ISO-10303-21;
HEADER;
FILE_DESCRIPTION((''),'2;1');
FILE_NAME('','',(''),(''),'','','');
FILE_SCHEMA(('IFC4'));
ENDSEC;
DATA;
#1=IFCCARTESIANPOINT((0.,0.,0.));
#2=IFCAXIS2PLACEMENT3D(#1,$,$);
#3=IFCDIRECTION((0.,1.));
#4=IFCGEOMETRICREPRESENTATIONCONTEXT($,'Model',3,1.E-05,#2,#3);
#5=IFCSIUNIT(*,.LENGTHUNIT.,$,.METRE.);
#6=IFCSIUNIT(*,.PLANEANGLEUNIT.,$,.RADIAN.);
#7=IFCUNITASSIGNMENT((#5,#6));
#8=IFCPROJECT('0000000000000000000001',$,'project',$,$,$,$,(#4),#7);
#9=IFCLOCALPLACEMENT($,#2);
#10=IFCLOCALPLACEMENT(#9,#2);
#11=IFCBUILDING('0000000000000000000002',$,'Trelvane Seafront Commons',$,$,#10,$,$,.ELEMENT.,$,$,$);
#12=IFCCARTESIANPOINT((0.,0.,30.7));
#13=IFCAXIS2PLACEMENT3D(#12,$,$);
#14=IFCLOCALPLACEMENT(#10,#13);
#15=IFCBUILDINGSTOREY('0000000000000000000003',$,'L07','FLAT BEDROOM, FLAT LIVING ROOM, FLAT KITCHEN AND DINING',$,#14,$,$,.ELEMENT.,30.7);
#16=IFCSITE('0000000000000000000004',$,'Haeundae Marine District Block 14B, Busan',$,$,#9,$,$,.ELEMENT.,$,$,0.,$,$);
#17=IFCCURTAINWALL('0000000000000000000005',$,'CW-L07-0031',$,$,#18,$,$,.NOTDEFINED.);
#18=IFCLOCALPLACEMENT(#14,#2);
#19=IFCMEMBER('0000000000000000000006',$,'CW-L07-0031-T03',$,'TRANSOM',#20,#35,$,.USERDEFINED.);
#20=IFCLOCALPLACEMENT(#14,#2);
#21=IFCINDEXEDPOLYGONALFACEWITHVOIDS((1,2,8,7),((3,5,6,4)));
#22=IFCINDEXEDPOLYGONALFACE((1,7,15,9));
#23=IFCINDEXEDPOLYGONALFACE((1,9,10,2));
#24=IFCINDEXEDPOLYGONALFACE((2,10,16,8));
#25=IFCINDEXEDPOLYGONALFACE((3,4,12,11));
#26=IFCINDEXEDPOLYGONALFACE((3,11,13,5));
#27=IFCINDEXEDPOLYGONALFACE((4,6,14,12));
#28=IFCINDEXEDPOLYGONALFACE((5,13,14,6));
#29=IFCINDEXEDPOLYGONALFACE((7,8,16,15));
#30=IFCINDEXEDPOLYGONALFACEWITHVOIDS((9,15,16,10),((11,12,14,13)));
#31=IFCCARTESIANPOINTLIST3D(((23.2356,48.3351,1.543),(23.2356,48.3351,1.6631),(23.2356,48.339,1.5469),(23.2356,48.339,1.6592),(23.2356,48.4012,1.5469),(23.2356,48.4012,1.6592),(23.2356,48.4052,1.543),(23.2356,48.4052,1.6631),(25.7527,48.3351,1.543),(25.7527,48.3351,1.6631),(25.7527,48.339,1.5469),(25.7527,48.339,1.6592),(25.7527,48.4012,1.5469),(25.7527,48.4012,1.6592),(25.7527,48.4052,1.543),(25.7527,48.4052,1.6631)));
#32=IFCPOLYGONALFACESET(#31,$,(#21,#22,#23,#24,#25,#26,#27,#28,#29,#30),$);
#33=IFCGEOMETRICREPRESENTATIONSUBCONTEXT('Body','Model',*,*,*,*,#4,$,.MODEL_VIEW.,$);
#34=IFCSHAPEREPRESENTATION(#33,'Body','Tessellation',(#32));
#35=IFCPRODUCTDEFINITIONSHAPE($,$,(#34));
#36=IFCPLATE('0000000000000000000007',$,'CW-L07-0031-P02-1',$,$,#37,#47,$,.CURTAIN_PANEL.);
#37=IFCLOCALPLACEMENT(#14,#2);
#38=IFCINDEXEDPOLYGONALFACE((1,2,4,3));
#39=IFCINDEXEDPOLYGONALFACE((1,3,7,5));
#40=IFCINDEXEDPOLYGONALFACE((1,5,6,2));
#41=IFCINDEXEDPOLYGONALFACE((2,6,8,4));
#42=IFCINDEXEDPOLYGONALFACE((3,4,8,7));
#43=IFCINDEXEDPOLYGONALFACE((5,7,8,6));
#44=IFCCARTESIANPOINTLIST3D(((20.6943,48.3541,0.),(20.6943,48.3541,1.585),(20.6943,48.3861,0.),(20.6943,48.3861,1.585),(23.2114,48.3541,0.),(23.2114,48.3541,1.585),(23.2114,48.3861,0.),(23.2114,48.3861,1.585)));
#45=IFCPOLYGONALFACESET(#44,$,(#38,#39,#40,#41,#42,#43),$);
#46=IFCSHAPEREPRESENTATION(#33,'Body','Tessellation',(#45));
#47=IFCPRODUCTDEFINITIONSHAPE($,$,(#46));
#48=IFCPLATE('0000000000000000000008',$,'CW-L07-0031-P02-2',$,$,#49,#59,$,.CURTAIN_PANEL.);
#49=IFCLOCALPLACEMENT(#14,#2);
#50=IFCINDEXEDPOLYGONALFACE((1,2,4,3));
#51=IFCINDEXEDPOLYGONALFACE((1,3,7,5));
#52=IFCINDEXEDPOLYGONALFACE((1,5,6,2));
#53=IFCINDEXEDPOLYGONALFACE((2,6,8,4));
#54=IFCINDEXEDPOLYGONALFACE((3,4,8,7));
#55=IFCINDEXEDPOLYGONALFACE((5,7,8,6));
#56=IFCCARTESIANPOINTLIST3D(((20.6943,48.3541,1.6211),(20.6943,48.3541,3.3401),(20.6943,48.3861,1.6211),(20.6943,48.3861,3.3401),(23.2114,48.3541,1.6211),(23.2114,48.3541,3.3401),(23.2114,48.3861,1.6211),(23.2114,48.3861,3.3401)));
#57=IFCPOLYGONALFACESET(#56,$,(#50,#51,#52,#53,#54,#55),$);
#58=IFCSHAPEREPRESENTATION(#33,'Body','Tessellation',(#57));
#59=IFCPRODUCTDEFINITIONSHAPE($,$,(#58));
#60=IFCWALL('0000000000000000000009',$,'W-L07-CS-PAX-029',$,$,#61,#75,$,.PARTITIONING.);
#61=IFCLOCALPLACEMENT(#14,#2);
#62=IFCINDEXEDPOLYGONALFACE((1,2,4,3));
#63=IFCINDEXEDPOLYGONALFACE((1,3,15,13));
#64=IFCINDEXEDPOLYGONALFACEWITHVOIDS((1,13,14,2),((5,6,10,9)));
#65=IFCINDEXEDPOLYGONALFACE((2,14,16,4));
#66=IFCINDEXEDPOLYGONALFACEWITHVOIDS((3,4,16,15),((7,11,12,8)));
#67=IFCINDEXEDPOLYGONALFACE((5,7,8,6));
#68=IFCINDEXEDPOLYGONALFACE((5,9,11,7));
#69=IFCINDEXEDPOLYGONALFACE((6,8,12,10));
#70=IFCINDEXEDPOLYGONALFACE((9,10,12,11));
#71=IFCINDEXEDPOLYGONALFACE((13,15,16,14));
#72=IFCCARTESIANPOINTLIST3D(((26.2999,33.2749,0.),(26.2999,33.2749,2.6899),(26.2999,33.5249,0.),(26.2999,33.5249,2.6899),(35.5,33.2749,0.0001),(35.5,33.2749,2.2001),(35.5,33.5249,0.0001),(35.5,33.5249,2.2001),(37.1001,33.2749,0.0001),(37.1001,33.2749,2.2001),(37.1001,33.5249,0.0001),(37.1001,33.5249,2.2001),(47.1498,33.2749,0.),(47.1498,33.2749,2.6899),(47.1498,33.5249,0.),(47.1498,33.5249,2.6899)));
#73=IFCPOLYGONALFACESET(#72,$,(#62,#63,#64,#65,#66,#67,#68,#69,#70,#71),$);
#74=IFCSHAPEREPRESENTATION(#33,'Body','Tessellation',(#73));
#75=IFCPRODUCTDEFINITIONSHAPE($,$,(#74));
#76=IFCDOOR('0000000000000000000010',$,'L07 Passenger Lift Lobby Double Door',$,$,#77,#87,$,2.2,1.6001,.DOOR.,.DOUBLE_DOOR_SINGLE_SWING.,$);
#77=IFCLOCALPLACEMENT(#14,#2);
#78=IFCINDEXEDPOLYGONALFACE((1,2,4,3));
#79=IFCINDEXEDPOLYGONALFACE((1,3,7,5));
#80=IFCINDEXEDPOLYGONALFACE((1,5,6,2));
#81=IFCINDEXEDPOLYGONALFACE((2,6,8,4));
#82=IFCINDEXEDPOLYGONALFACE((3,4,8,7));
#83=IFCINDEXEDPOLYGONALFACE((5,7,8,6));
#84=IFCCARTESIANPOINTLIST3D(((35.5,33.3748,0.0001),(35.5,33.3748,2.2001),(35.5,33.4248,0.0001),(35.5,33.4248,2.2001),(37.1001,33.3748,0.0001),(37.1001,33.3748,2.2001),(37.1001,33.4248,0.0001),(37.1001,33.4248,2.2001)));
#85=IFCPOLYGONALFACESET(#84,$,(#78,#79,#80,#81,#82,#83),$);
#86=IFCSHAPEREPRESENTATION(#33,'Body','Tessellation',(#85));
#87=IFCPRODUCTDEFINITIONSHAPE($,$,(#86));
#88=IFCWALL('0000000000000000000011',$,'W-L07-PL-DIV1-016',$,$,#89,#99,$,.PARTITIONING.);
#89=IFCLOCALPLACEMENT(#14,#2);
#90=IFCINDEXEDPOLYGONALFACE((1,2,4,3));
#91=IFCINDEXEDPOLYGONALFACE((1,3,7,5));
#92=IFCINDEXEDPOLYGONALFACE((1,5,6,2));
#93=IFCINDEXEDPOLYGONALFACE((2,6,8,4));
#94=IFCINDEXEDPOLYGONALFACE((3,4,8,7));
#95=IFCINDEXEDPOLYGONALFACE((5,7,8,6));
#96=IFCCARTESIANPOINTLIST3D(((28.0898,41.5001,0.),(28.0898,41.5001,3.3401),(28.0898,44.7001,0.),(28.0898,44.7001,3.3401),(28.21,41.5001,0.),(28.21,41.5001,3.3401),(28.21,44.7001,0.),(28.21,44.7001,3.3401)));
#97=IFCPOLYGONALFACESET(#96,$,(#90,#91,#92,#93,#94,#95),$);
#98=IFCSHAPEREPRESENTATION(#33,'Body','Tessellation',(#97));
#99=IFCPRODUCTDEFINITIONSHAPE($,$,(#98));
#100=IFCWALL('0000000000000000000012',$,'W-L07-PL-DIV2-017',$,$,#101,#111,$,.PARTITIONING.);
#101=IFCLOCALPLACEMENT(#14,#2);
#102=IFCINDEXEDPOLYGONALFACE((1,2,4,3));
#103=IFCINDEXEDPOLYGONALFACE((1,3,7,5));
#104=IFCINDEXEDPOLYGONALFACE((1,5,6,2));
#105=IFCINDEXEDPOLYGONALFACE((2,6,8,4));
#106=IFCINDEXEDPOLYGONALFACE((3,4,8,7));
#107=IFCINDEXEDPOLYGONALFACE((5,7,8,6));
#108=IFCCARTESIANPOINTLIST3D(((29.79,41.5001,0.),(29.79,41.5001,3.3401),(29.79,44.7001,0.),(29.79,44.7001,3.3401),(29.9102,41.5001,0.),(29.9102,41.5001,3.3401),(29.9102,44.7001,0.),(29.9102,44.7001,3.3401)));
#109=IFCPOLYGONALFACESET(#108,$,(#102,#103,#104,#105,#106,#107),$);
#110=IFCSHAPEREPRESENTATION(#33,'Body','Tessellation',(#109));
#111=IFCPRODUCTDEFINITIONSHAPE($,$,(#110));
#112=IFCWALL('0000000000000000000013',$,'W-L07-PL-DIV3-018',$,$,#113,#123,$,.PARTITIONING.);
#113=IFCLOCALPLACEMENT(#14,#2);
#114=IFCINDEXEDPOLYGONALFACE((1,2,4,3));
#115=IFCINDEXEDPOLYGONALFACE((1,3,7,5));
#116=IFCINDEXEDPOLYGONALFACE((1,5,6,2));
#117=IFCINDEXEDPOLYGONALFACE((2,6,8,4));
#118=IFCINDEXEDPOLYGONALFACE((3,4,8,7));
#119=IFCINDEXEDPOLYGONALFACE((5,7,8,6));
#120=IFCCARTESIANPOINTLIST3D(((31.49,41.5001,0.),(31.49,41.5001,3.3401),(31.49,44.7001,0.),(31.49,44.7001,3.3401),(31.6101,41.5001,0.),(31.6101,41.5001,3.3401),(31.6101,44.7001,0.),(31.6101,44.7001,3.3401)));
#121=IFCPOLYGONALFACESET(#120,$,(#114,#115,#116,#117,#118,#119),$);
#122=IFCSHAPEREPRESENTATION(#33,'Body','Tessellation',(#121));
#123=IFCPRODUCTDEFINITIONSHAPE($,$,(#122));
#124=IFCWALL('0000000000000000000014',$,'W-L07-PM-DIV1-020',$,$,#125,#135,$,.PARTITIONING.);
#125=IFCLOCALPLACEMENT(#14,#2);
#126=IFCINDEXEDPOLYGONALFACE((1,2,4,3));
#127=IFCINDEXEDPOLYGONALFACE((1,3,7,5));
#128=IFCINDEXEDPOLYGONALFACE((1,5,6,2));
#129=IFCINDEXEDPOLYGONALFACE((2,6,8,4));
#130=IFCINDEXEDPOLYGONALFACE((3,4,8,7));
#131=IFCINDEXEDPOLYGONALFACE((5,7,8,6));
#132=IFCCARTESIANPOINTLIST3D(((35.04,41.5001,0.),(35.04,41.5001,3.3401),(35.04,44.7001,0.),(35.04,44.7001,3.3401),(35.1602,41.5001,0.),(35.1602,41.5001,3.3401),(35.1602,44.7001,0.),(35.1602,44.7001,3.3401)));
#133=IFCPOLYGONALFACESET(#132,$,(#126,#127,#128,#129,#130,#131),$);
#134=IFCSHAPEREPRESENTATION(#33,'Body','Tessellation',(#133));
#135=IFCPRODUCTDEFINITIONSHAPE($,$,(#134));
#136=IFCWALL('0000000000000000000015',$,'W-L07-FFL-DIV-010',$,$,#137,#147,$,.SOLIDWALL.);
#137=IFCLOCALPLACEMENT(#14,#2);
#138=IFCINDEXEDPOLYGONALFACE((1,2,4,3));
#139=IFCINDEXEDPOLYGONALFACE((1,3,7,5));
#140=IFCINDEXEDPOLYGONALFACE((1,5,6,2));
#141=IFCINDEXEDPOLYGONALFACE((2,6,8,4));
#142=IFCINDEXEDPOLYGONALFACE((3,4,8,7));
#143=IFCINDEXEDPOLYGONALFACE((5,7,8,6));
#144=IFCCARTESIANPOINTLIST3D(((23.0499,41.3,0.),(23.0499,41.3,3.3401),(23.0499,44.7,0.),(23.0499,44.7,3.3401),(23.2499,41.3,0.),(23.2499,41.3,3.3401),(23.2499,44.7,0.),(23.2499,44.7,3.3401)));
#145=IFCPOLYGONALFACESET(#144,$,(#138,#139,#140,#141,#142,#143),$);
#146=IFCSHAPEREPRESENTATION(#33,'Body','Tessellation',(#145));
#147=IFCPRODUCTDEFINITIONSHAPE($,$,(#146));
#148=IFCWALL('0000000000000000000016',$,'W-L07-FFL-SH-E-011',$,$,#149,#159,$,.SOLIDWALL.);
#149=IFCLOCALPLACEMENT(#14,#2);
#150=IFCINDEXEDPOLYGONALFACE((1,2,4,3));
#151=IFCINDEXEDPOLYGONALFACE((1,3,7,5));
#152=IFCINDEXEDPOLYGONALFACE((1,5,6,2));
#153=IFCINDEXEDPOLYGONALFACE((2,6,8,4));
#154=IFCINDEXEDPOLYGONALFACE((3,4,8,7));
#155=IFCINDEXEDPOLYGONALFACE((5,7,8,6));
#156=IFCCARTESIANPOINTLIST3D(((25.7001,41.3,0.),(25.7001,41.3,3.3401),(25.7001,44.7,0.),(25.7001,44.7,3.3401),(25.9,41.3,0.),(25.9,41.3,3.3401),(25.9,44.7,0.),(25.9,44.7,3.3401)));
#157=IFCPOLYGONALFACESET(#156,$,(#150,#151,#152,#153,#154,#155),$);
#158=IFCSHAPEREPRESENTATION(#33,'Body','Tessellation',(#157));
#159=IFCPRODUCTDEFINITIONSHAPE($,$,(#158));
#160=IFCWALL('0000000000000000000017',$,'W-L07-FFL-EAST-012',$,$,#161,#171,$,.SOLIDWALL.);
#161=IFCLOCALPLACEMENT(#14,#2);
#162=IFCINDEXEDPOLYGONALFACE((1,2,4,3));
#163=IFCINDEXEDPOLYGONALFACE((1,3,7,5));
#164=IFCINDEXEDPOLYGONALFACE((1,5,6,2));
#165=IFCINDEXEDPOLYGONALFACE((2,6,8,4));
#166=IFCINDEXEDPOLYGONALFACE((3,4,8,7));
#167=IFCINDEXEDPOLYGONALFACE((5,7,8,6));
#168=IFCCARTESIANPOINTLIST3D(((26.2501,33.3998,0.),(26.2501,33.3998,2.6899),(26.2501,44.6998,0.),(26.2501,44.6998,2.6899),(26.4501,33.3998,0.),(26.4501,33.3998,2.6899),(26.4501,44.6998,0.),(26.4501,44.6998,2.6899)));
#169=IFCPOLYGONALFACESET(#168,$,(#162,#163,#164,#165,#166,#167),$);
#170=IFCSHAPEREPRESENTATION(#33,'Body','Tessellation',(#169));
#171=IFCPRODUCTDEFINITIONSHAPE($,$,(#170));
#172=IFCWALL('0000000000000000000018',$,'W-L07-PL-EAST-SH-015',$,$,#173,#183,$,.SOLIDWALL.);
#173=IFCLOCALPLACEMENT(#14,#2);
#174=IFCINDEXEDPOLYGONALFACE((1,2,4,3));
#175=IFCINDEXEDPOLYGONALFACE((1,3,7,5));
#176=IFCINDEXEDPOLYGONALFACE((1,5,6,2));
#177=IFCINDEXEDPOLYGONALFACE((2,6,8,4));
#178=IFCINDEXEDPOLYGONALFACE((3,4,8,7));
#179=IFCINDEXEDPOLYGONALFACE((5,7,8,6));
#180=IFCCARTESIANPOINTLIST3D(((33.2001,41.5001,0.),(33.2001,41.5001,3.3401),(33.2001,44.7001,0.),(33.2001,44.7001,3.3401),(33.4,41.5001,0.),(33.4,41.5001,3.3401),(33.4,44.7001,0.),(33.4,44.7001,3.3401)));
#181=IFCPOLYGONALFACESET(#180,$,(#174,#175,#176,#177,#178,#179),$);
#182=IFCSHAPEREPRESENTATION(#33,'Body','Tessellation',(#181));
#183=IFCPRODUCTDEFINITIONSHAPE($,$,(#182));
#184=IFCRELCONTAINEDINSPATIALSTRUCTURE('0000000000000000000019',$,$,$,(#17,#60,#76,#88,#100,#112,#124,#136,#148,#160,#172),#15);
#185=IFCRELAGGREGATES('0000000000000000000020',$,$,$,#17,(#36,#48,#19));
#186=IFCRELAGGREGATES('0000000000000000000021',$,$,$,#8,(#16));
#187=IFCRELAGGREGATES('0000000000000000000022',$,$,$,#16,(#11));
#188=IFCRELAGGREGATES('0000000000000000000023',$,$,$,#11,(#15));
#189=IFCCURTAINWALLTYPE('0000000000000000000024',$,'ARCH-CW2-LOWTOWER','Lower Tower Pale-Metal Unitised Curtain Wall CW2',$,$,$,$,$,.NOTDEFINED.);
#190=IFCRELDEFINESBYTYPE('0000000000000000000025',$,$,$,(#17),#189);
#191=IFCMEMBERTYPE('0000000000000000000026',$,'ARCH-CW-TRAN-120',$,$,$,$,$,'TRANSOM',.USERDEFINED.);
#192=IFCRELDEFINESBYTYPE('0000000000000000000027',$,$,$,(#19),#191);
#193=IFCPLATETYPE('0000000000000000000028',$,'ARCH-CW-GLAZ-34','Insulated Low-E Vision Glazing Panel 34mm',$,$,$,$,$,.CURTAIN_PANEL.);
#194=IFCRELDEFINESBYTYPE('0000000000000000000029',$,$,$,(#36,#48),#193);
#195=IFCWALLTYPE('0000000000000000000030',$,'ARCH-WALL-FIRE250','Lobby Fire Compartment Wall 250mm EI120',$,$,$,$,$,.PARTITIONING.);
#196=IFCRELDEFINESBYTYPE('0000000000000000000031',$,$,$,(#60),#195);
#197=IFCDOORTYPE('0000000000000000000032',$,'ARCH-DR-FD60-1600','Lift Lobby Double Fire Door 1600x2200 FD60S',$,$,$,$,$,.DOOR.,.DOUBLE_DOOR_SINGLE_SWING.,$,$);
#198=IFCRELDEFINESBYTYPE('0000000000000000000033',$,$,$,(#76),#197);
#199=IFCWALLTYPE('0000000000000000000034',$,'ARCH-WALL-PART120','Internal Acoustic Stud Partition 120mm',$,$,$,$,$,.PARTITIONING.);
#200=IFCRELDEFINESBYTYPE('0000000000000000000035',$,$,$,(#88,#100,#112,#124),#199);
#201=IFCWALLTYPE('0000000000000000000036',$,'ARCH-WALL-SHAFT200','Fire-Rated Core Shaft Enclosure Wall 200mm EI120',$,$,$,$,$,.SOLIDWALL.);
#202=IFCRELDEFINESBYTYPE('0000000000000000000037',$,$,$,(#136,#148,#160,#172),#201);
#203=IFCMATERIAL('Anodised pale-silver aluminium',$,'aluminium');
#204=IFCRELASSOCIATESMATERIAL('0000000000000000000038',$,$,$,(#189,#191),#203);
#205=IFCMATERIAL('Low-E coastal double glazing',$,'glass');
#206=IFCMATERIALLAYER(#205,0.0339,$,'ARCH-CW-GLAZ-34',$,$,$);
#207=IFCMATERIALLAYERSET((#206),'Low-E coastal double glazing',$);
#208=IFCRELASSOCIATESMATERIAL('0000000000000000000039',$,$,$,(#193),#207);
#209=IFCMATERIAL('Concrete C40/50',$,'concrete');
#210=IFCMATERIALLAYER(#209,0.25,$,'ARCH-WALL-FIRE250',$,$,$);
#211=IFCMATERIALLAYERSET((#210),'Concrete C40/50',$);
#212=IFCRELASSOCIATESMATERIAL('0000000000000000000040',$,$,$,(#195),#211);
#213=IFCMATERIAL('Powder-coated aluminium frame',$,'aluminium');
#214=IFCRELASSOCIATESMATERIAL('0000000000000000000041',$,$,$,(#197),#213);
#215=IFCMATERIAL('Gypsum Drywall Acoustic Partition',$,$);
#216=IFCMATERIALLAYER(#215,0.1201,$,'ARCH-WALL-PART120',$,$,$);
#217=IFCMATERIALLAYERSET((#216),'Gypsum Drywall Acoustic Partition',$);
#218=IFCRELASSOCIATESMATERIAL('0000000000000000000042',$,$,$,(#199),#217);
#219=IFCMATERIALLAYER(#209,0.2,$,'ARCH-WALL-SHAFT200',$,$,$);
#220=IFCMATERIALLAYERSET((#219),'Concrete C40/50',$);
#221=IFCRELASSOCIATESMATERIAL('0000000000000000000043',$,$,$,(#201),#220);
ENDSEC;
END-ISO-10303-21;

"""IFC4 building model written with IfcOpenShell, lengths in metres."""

from ifc_helpers import new_model, si_unit, direction, frame, frame_2d, origin, origin_2d, place, context, subcontext, project, spatial, rectangle, hollow_rectangle, extrude, source, transform, mapped, material, layer, layer_set, material_profile, profile_set, type_object, element, fill, aggregate, save


model = new_model("IFC4")

# Units and contexts
model_context = context("Model", 3, precision=1e-05, world=origin(), true_north=direction((0.0, 1.0)))
body_context = subcontext(model_context, "Body", "Model", "MODEL_VIEW")
ifc_project = project(units=[si_unit("LENGTHUNIT", "METRE"), si_unit("PLANEANGLEUNIT", "RADIAN")], contexts=[model_context])

# Site, building, storey
site_placement = place(None, origin())
site = spatial("IfcSite", under=ifc_project, at=site_placement, Name="Haeundae Marine District Block 14B, Busan", CompositionType="ELEMENT", RefElevation=0.0)
building_placement = place(site_placement, origin())
building = spatial("IfcBuilding", under=site, at=building_placement, Name="Trelvane Seafront Commons", CompositionType="ELEMENT")
storey_placement = place(building_placement, frame((0.0, 0.0, 30.7)))
storey = spatial("IfcBuildingStorey", under=building, at=storey_placement, Name="L07", Description="FLAT BEDROOM, FLAT LIVING ROOM, FLAT KITCHEN AND DINING", CompositionType="ELEMENT", Elevation=30.7)

# Curtain wall, member, plates
ifc_material_1 = material(Name="Anodised pale-silver aluminium", Category="aluminium")
curtain_wall_type = type_object("IfcCurtainWallType", Name="ARCH-CW2-LOWTOWER", Description="Lower Tower Pale-Metal Unitised Curtain Wall CW2", PredefinedType="NOTDEFINED", material=ifc_material_1)
curtain_wall_placement = place(storey_placement, origin())
curtain_wall = element("IfcCurtainWall", 1, at=curtain_wall_placement, inside=storey, type_object=curtain_wall_type, Name="CW-L07-0031", PredefinedType="NOTDEFINED")
ifc_material_profile_1 = material_profile(ifc_material_1, hollow_rectangle(XDim=0.0701, YDim=0.1201, WallThickness=0.0039, at=origin_2d()), Name="TRAN-70x120x4")
ifc_profile_set_1 = profile_set([ifc_material_profile_1], Name="Anodised pale-silver aluminium")
member_type_1 = type_object("IfcMemberType", Name="ARCH-CW-TRAN-120", ElementType="TRANSOM", PredefinedType="USERDEFINED", material=ifc_profile_set_1)
shared_shape_1 = source(origin(), body_context, "Body", "SweptSolid", [
    extrude(hollow_rectangle(XDim=0.0701, YDim=0.1201, WallThickness=0.0039, at=origin_2d()), origin(), (0.0, 0.0, 1.0), 2.5171),
])
member_1_placement = place(storey_placement, frame((23.2356, 48.3701, 1.603), z_axis=(1.0, 0.0, 0.0), x_axis=(0.0, 1.0, 0.0)))
member_1 = element("IfcMember", 2, at=member_1_placement, type_object=member_type_1, Name="CW-L07-0031-T03", ObjectType="TRANSOM", PredefinedType="USERDEFINED", context=body_context, shape_type="MappedRepresentation", body=[
    mapped(shared_shape_1, transform((0.0, 0.0, 0.0), x_axis=(1.0, 0.0, 0.0), y_axis=(0.0, 1.0, 0.0), z_axis=(0.0, 0.0, 1.0), scale=1.0)),
])
ifc_material_2 = material(Name="Low-E coastal double glazing", Category="glass")
ifc_layer_1 = layer(ifc_material_2, 0.0339, Name="ARCH-CW-GLAZ-34")
ifc_layer_set_1 = layer_set([ifc_layer_1], Name="Low-E coastal double glazing")
plate_type = type_object("IfcPlateType", Name="ARCH-CW-GLAZ-34", Description="Insulated Low-E Vision Glazing Panel 34mm", PredefinedType="CURTAIN_PANEL", material=ifc_layer_set_1)
shared_shape_2 = source(origin(), body_context, "Body", "SweptSolid", [
    extrude(rectangle(XDim=2.5171, YDim=0.032, at=origin_2d()), origin(), (0.0, 0.0, 1.0), 1.585),
])
plate_1_placement = place(storey_placement, frame((21.9529, 48.3701, 0.0), z_axis=(0.0, 0.0, 1.0), x_axis=(1.0, 0.0, 0.0)))
plate_1 = element("IfcPlate", 3, at=plate_1_placement, type_object=plate_type, Name="CW-L07-0031-P02-1", PredefinedType="CURTAIN_PANEL", context=body_context, shape_type="MappedRepresentation", body=[
    mapped(shared_shape_2, transform((0.0, 0.0, 0.0), x_axis=(1.0, 0.0, 0.0), y_axis=(0.0, 1.0, 0.0), z_axis=(0.0, 0.0, 1.0), scale=1.0)),
])
shared_shape_3 = source(origin(), body_context, "Body", "SweptSolid", [
    extrude(rectangle(XDim=2.5171, YDim=0.032, at=origin_2d()), origin(), (0.0, 0.0, 1.0), 1.719),
])
plate_2_placement = place(storey_placement, frame((21.9529, 48.3701, 1.6211), z_axis=(0.0, 0.0, 1.0), x_axis=(1.0, 0.0, 0.0)))
plate_2 = element("IfcPlate", 4, at=plate_2_placement, type_object=plate_type, Name="CW-L07-0031-P02-2", PredefinedType="CURTAIN_PANEL", context=body_context, shape_type="MappedRepresentation", body=[
    mapped(shared_shape_3, transform((0.0, 0.0, 0.0), x_axis=(1.0, 0.0, 0.0), y_axis=(0.0, 1.0, 0.0), z_axis=(0.0, 0.0, 1.0), scale=1.0)),
])
aggregate(curtain_wall, [plate_1, plate_2, member_1])

# Wall, opening, door
ifc_material_3 = material(Name="Concrete C40/50", Category="concrete")
ifc_layer_2 = layer(ifc_material_3, 0.25, Name="ARCH-WALL-FIRE250")
ifc_layer_set_2 = layer_set([ifc_layer_2], Name="Concrete C40/50")
wall_type_1 = type_object("IfcWallType", Name="ARCH-WALL-FIRE250", Description="Lobby Fire Compartment Wall 250mm EI120", PredefinedType="PARTITIONING", material=ifc_layer_set_2)
wall_1_placement = place(storey_placement, frame((26.3, 33.3999, 0.0), z_axis=(0.0, 0.0, 1.0), x_axis=(1.0, 0.0, 0.0)))
wall_1 = element("IfcWall", 5, at=wall_1_placement, inside=storey, type_object=wall_type_1, Name="W-L07-CS-PAX-029", PredefinedType="PARTITIONING", context=body_context, shape_type="SweptSolid", body=[
    extrude(rectangle(XDim=20.8499, YDim=0.25, at=frame_2d((10.4248, 0.0))), origin(), (0.0, 0.0, 1.0), 2.6899),
])
opening_1_placement = place(wall_1_placement, frame((9.2, 0.0, 0.0)))
opening_1 = element("IfcOpeningElement", 6, at=opening_1_placement, cuts=wall_1, PredefinedType="OPENING", context=body_context, shape_type="SweptSolid", body=[
    extrude(rectangle(XDim=1.6001, YDim=2.2, at=frame_2d((0.8, 1.1001))), frame((0.0, 0.135, 0.0), z_axis=(0.0, -1.0, 0.0), x_axis=(1.0, 0.0, 0.0)), (0.0, 0.0, 1.0), 0.27),
])
ifc_material_4 = material(Name="Powder-coated aluminium frame", Category="aluminium")
door_type_1 = type_object("IfcDoorType", Name="ARCH-DR-FD60-1600", Description="Lift Lobby Double Fire Door 1600x2200 FD60S", OperationType="DOUBLE_DOOR_SINGLE_SWING", PredefinedType="DOOR", material=ifc_material_4)
shared_shape_4 = source(origin(), body_context, "Body", "SweptSolid", [
    extrude(rectangle(XDim=1.6001, YDim=2.2, at=frame_2d((0.8, 1.1001))), frame((0.0, 0.0249, 0.0), z_axis=(0.0, -1.0, 0.0), x_axis=(1.0, 0.0, 0.0)), (0.0, 0.0, 1.0), 0.05),
])
door_1_placement = place(opening_1_placement, origin())
door_1 = element("IfcDoor", 7, at=door_1_placement, inside=storey, type_object=door_type_1, Name="L07 Passenger Lift Lobby Double Door", OperationType="DOUBLE_DOOR_SINGLE_SWING", OverallHeight=2.2, OverallWidth=1.6001, PredefinedType="DOOR", context=body_context, shape_type="MappedRepresentation", body=[
    mapped(shared_shape_4, transform((0.0, 0.0, 0.0), x_axis=(1.0, 0.0, 0.0), y_axis=(0.0, 1.0, 0.0), z_axis=(0.0, 0.0, 1.0), scale=1.0)),
])
fill(opening_1, door_1)

# Walls
ifc_material_5 = material(Name="Gypsum Drywall Acoustic Partition")
ifc_layer_3 = layer(ifc_material_5, 0.1201, Name="ARCH-WALL-PART120")
ifc_layer_set_3 = layer_set([ifc_layer_3], Name="Gypsum Drywall Acoustic Partition")
wall_type_2 = type_object("IfcWallType", Name="ARCH-WALL-PART120", Description="Internal Acoustic Stud Partition 120mm", PredefinedType="PARTITIONING", material=ifc_layer_set_3)
for number, where, z_axis, x_axis, name in (
    (8, (28.1499, 41.5, 0.0), (0.0, 0.0, 1.0), (0.0, 1.0, 0.0), "W-L07-PL-DIV1-016"),
    (9, (29.8501, 41.5, 0.0), (0.0, 0.0, 1.0), (0.0, 1.0, 0.0), "W-L07-PL-DIV2-017"),
    (10, (31.55, 41.5, 0.0), (0.0, 0.0, 1.0), (0.0, 1.0, 0.0), "W-L07-PL-DIV3-018"),
    (11, (35.1001, 41.5, 0.0), (0.0, 0.0, 1.0), (0.0, 1.0, 0.0), "W-L07-PM-DIV1-020"),
):
    element("IfcWall", number, at=place(storey_placement, frame(where, z_axis=z_axis, x_axis=x_axis)), inside=storey, type_object=wall_type_2, Name=name, PredefinedType="PARTITIONING", context=body_context, shape_type="SweptSolid", body=[
        extrude(rectangle(XDim=3.2, YDim=0.1201, at=frame_2d((1.6001, 0.0))), origin(), (0.0, 0.0, 1.0), 3.3401),
    ])
ifc_layer_4 = layer(ifc_material_3, 0.2, Name="ARCH-WALL-SHAFT200")
ifc_layer_set_4 = layer_set([ifc_layer_4], Name="Concrete C40/50")
wall_type_3 = type_object("IfcWallType", Name="ARCH-WALL-SHAFT200", Description="Fire-Rated Core Shaft Enclosure Wall 200mm EI120", PredefinedType="SOLIDWALL", material=ifc_layer_set_4)
for number, where, z_axis, x_axis, name in (
    (12, (23.1499, 41.3, 0.0), (0.0, 0.0, 1.0), (0.0, 1.0, 0.0), "W-L07-FFL-DIV-010"),
    (13, (25.8, 41.3, 0.0), (0.0, 0.0, 1.0), (0.0, 1.0, 0.0), "W-L07-FFL-SH-E-011"),
):
    element("IfcWall", number, at=place(storey_placement, frame(where, z_axis=z_axis, x_axis=x_axis)), inside=storey, type_object=wall_type_3, Name=name, PredefinedType="SOLIDWALL", context=body_context, shape_type="SweptSolid", body=[
        extrude(rectangle(XDim=3.3999, YDim=0.2, at=frame_2d((1.7, 0.0))), origin(), (0.0, 0.0, 1.0), 3.3401),
    ])
wall_2_placement = place(storey_placement, frame((26.3501, 33.3999, 0.0), z_axis=(0.0, 0.0, 1.0), x_axis=(0.0, 1.0, 0.0)))
element("IfcWall", 14, at=wall_2_placement, inside=storey, type_object=wall_type_3, Name="W-L07-FFL-EAST-012", PredefinedType="SOLIDWALL", context=body_context, shape_type="SweptSolid", body=[
    extrude(rectangle(XDim=11.3, YDim=0.2, at=frame_2d((5.6499, 0.0))), origin(), (0.0, 0.0, 1.0), 2.6899),
])

# Wall
wall_3_placement = place(storey_placement, frame((33.3, 41.5, 0.0), z_axis=(0.0, 0.0, 1.0), x_axis=(0.0, 1.0, 0.0)))
element("IfcWall", 15, at=wall_3_placement, inside=storey, type_object=wall_type_3, Name="W-L07-PL-EAST-SH-015", PredefinedType="SOLIDWALL", context=body_context, shape_type="SweptSolid", body=[
    extrude(rectangle(XDim=3.2, YDim=0.2, at=frame_2d((1.6001, 0.0))), origin(), (0.0, 0.0, 1.0), 3.3401),
])

save(model, "model.ifc")
